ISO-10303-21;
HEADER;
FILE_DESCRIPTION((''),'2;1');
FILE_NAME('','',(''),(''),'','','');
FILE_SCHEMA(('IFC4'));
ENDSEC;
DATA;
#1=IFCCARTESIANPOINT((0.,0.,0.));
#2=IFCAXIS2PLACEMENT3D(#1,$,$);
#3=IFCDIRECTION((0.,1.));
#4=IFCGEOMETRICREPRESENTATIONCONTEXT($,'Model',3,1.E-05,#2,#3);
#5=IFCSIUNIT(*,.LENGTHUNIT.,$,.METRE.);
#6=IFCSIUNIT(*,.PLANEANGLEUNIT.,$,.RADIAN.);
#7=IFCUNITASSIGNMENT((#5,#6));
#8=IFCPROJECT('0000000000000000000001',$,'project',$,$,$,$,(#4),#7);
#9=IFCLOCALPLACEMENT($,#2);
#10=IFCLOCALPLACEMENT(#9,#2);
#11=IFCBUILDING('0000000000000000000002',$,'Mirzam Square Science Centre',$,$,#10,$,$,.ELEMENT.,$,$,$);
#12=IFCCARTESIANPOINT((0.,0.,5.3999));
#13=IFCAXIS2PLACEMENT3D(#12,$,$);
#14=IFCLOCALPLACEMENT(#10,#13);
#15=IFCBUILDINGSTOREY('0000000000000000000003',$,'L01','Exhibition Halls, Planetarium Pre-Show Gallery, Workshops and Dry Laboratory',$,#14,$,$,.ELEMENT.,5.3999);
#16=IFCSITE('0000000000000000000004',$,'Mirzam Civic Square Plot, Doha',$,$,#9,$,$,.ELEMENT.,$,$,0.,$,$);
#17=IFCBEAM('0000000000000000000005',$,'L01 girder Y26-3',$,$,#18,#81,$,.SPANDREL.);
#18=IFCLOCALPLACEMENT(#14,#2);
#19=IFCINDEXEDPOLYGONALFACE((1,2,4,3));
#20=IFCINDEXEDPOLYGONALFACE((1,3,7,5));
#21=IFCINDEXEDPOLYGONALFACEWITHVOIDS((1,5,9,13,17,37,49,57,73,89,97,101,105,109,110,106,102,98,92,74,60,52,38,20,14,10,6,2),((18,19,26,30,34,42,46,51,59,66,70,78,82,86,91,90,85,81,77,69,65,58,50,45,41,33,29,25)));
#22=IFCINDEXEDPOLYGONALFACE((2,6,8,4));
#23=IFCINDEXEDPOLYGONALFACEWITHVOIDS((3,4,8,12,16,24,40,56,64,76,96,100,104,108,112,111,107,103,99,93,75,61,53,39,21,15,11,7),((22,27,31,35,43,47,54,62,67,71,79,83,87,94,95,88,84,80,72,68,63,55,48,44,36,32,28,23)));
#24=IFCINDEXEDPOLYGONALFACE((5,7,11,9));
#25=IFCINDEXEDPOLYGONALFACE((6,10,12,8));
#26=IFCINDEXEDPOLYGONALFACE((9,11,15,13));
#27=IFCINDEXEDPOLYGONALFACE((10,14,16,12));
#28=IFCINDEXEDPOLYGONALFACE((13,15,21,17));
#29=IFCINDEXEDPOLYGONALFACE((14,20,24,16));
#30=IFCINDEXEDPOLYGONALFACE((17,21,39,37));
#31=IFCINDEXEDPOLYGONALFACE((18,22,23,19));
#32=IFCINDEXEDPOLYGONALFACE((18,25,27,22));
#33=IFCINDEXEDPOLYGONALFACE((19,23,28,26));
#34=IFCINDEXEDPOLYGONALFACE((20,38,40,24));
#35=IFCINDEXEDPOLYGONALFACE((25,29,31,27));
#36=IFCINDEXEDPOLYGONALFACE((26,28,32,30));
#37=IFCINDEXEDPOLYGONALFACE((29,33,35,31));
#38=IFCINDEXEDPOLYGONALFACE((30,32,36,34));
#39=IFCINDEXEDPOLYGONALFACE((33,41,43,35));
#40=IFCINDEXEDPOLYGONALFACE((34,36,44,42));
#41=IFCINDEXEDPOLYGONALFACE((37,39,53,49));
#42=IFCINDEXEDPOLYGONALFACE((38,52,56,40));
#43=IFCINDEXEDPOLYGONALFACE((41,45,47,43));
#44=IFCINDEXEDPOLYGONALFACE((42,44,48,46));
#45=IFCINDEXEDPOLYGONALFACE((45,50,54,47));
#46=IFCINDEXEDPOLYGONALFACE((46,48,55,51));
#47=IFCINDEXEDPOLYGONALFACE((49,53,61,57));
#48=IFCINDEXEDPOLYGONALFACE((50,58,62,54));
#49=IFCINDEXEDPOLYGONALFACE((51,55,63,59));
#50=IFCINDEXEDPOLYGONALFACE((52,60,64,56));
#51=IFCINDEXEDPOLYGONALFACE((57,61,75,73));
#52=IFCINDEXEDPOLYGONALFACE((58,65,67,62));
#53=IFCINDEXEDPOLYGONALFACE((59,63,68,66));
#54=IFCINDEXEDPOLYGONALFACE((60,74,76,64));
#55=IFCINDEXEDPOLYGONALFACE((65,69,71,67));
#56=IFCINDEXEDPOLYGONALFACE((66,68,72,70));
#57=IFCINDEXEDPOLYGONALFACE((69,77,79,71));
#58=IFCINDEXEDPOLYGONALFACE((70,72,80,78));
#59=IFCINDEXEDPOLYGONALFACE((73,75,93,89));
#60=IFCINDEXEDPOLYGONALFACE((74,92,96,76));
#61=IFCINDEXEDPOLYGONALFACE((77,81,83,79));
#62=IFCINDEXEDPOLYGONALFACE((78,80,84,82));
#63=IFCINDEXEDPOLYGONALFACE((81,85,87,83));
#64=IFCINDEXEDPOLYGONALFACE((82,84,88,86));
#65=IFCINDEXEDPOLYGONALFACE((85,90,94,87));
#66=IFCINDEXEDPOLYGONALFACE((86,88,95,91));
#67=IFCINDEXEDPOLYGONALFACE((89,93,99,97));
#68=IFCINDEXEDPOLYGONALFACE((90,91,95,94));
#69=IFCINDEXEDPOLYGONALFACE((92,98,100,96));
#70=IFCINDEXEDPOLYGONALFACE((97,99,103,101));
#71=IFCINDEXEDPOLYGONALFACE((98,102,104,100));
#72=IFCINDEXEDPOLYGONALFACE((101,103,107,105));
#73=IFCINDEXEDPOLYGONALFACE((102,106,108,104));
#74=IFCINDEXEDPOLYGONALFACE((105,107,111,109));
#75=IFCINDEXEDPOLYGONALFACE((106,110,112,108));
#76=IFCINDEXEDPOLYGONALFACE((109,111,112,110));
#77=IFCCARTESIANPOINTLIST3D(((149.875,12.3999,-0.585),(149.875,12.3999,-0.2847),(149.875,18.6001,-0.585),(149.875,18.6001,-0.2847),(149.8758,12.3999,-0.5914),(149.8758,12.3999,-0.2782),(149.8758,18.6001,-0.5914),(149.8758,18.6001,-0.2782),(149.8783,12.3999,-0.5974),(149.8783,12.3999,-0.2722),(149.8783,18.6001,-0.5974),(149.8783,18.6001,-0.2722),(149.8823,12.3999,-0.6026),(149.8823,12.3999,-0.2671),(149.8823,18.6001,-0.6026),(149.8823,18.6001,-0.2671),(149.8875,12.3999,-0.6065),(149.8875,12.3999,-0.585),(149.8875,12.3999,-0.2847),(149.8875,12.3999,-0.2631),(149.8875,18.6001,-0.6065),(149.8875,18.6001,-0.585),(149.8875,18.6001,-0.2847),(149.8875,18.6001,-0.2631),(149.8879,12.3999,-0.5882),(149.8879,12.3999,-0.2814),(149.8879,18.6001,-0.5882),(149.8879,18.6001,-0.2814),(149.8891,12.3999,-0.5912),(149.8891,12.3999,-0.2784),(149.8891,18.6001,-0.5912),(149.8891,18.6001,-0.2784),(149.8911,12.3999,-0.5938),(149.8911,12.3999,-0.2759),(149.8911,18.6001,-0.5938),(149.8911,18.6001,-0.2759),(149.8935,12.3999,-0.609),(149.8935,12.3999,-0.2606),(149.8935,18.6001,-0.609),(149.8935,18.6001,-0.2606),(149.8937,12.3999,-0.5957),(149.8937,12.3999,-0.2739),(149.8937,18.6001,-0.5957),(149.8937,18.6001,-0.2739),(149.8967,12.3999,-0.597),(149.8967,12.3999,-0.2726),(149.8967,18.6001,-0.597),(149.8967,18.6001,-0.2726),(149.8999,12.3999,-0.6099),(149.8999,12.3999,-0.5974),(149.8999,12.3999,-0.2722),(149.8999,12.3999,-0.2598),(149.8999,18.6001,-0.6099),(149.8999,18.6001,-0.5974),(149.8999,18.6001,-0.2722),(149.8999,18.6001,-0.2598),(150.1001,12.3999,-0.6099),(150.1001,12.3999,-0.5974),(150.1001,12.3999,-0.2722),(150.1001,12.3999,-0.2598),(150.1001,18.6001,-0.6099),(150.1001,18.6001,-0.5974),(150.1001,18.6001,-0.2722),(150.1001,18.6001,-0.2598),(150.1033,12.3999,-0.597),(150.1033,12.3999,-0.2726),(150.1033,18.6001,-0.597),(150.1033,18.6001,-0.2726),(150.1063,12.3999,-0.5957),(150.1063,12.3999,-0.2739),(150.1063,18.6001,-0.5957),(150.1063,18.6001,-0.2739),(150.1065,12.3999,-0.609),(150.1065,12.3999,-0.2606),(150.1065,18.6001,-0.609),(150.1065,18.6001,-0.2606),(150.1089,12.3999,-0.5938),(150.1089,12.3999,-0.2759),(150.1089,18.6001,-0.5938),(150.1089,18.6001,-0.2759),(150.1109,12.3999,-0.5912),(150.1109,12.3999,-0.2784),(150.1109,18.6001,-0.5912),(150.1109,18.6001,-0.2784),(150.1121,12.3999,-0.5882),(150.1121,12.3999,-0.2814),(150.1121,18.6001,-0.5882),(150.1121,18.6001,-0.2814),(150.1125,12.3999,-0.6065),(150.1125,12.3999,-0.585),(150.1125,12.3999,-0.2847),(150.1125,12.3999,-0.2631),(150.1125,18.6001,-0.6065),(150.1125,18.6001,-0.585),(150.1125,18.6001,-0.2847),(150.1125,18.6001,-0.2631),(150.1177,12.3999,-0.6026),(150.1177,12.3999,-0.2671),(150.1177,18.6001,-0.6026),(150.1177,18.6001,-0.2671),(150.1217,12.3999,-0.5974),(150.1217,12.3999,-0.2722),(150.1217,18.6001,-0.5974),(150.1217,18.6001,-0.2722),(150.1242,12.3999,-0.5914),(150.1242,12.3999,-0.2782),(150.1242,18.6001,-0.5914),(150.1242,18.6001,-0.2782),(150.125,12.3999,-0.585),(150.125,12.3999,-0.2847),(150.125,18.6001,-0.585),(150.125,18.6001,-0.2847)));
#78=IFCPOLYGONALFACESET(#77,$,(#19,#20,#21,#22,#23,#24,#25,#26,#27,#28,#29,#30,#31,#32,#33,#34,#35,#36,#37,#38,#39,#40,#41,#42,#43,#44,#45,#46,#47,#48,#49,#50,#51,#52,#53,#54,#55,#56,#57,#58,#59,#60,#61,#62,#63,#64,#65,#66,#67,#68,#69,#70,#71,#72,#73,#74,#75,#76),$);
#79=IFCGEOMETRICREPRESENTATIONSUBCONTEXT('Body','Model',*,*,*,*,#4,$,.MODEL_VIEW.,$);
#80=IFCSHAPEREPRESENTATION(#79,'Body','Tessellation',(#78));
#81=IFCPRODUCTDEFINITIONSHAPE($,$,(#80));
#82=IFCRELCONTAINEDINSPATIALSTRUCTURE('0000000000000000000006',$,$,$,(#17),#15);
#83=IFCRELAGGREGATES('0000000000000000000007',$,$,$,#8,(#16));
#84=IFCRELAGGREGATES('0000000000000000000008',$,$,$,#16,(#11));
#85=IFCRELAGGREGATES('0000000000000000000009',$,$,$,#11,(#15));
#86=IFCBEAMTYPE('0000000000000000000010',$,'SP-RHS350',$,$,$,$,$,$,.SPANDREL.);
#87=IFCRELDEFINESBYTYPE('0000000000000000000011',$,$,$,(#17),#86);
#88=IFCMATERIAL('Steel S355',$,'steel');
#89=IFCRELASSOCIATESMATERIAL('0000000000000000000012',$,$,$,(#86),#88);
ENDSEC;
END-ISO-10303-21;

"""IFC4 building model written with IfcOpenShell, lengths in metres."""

from ifc_helpers import new_model, si_unit, direction, frame, origin, origin_2d, place, context, subcontext, project, spatial, hollow_rectangle, extrude, material, material_profile, profile_set, type_object, element, save


model = new_model("IFC4")

# Units and contexts
model_context = context("Model", 3, precision=1e-05, world=origin(), true_north=direction((0.0, 1.0)))
body_context = subcontext(model_context, "Body", "Model", "MODEL_VIEW")
ifc_project = project(units=[si_unit("LENGTHUNIT", "METRE"), si_unit("PLANEANGLEUNIT", "RADIAN")], contexts=[model_context])

# Site, building, storey
site_placement = place(None, origin())
site = spatial("IfcSite", under=ifc_project, at=site_placement, Name="Mirzam Civic Square Plot, Doha", CompositionType="ELEMENT", RefElevation=0.0)
building_placement = place(site_placement, origin())
building = spatial("IfcBuilding", under=site, at=building_placement, Name="Mirzam Square Science Centre", CompositionType="ELEMENT")
storey_placement = place(building_placement, frame((0.0, 0.0, 5.3999)))
storey = spatial("IfcBuildingStorey", under=building, at=storey_placement, Name="L01", Description="Exhibition Halls, Planetarium Pre-Show Gallery, Workshops and Dry Laboratory", CompositionType="ELEMENT", Elevation=5.3999)

# Shared definitions
ifc_material_1 = material(Name="Steel S355", Category="steel")

# Beam
ifc_material_profile_1 = material_profile(ifc_material_1, hollow_rectangle(XDim=0.25, YDim=0.3501, WallThickness=0.0125, InnerFilletRadius=0.0125, OuterFilletRadius=0.0249, at=origin_2d()), Name="350x250x12.5RHS")
ifc_profile_set_1 = profile_set([ifc_material_profile_1], Name="Steel S355")
beam_type_1 = type_object("IfcBeamType", Name="SP-RHS350", PredefinedType="SPANDREL", material=ifc_profile_set_1)
for number, where, z_axis, x_axis, name in (
    (1, (150.0, 12.3999, -0.4348), (0.0, 1.0, 0.0), (-1.0, 0.0, 0.0), "L01 girder Y26-3"),
):
    element("IfcBeam", number, at=place(storey_placement, frame(where, z_axis=z_axis, x_axis=x_axis)), inside=storey, type_object=beam_type_1, Name=name, PredefinedType="SPANDREL", context=body_context, shape_type="SweptSolid", body=[
        extrude(hollow_rectangle(XDim=0.25, YDim=0.3501, WallThickness=0.0125, InnerFilletRadius=0.0125, OuterFilletRadius=0.0249, at=origin_2d()), origin(), (0.0, 0.0, 1.0), 6.2002),
    ])

save(model, "model.ifc")
